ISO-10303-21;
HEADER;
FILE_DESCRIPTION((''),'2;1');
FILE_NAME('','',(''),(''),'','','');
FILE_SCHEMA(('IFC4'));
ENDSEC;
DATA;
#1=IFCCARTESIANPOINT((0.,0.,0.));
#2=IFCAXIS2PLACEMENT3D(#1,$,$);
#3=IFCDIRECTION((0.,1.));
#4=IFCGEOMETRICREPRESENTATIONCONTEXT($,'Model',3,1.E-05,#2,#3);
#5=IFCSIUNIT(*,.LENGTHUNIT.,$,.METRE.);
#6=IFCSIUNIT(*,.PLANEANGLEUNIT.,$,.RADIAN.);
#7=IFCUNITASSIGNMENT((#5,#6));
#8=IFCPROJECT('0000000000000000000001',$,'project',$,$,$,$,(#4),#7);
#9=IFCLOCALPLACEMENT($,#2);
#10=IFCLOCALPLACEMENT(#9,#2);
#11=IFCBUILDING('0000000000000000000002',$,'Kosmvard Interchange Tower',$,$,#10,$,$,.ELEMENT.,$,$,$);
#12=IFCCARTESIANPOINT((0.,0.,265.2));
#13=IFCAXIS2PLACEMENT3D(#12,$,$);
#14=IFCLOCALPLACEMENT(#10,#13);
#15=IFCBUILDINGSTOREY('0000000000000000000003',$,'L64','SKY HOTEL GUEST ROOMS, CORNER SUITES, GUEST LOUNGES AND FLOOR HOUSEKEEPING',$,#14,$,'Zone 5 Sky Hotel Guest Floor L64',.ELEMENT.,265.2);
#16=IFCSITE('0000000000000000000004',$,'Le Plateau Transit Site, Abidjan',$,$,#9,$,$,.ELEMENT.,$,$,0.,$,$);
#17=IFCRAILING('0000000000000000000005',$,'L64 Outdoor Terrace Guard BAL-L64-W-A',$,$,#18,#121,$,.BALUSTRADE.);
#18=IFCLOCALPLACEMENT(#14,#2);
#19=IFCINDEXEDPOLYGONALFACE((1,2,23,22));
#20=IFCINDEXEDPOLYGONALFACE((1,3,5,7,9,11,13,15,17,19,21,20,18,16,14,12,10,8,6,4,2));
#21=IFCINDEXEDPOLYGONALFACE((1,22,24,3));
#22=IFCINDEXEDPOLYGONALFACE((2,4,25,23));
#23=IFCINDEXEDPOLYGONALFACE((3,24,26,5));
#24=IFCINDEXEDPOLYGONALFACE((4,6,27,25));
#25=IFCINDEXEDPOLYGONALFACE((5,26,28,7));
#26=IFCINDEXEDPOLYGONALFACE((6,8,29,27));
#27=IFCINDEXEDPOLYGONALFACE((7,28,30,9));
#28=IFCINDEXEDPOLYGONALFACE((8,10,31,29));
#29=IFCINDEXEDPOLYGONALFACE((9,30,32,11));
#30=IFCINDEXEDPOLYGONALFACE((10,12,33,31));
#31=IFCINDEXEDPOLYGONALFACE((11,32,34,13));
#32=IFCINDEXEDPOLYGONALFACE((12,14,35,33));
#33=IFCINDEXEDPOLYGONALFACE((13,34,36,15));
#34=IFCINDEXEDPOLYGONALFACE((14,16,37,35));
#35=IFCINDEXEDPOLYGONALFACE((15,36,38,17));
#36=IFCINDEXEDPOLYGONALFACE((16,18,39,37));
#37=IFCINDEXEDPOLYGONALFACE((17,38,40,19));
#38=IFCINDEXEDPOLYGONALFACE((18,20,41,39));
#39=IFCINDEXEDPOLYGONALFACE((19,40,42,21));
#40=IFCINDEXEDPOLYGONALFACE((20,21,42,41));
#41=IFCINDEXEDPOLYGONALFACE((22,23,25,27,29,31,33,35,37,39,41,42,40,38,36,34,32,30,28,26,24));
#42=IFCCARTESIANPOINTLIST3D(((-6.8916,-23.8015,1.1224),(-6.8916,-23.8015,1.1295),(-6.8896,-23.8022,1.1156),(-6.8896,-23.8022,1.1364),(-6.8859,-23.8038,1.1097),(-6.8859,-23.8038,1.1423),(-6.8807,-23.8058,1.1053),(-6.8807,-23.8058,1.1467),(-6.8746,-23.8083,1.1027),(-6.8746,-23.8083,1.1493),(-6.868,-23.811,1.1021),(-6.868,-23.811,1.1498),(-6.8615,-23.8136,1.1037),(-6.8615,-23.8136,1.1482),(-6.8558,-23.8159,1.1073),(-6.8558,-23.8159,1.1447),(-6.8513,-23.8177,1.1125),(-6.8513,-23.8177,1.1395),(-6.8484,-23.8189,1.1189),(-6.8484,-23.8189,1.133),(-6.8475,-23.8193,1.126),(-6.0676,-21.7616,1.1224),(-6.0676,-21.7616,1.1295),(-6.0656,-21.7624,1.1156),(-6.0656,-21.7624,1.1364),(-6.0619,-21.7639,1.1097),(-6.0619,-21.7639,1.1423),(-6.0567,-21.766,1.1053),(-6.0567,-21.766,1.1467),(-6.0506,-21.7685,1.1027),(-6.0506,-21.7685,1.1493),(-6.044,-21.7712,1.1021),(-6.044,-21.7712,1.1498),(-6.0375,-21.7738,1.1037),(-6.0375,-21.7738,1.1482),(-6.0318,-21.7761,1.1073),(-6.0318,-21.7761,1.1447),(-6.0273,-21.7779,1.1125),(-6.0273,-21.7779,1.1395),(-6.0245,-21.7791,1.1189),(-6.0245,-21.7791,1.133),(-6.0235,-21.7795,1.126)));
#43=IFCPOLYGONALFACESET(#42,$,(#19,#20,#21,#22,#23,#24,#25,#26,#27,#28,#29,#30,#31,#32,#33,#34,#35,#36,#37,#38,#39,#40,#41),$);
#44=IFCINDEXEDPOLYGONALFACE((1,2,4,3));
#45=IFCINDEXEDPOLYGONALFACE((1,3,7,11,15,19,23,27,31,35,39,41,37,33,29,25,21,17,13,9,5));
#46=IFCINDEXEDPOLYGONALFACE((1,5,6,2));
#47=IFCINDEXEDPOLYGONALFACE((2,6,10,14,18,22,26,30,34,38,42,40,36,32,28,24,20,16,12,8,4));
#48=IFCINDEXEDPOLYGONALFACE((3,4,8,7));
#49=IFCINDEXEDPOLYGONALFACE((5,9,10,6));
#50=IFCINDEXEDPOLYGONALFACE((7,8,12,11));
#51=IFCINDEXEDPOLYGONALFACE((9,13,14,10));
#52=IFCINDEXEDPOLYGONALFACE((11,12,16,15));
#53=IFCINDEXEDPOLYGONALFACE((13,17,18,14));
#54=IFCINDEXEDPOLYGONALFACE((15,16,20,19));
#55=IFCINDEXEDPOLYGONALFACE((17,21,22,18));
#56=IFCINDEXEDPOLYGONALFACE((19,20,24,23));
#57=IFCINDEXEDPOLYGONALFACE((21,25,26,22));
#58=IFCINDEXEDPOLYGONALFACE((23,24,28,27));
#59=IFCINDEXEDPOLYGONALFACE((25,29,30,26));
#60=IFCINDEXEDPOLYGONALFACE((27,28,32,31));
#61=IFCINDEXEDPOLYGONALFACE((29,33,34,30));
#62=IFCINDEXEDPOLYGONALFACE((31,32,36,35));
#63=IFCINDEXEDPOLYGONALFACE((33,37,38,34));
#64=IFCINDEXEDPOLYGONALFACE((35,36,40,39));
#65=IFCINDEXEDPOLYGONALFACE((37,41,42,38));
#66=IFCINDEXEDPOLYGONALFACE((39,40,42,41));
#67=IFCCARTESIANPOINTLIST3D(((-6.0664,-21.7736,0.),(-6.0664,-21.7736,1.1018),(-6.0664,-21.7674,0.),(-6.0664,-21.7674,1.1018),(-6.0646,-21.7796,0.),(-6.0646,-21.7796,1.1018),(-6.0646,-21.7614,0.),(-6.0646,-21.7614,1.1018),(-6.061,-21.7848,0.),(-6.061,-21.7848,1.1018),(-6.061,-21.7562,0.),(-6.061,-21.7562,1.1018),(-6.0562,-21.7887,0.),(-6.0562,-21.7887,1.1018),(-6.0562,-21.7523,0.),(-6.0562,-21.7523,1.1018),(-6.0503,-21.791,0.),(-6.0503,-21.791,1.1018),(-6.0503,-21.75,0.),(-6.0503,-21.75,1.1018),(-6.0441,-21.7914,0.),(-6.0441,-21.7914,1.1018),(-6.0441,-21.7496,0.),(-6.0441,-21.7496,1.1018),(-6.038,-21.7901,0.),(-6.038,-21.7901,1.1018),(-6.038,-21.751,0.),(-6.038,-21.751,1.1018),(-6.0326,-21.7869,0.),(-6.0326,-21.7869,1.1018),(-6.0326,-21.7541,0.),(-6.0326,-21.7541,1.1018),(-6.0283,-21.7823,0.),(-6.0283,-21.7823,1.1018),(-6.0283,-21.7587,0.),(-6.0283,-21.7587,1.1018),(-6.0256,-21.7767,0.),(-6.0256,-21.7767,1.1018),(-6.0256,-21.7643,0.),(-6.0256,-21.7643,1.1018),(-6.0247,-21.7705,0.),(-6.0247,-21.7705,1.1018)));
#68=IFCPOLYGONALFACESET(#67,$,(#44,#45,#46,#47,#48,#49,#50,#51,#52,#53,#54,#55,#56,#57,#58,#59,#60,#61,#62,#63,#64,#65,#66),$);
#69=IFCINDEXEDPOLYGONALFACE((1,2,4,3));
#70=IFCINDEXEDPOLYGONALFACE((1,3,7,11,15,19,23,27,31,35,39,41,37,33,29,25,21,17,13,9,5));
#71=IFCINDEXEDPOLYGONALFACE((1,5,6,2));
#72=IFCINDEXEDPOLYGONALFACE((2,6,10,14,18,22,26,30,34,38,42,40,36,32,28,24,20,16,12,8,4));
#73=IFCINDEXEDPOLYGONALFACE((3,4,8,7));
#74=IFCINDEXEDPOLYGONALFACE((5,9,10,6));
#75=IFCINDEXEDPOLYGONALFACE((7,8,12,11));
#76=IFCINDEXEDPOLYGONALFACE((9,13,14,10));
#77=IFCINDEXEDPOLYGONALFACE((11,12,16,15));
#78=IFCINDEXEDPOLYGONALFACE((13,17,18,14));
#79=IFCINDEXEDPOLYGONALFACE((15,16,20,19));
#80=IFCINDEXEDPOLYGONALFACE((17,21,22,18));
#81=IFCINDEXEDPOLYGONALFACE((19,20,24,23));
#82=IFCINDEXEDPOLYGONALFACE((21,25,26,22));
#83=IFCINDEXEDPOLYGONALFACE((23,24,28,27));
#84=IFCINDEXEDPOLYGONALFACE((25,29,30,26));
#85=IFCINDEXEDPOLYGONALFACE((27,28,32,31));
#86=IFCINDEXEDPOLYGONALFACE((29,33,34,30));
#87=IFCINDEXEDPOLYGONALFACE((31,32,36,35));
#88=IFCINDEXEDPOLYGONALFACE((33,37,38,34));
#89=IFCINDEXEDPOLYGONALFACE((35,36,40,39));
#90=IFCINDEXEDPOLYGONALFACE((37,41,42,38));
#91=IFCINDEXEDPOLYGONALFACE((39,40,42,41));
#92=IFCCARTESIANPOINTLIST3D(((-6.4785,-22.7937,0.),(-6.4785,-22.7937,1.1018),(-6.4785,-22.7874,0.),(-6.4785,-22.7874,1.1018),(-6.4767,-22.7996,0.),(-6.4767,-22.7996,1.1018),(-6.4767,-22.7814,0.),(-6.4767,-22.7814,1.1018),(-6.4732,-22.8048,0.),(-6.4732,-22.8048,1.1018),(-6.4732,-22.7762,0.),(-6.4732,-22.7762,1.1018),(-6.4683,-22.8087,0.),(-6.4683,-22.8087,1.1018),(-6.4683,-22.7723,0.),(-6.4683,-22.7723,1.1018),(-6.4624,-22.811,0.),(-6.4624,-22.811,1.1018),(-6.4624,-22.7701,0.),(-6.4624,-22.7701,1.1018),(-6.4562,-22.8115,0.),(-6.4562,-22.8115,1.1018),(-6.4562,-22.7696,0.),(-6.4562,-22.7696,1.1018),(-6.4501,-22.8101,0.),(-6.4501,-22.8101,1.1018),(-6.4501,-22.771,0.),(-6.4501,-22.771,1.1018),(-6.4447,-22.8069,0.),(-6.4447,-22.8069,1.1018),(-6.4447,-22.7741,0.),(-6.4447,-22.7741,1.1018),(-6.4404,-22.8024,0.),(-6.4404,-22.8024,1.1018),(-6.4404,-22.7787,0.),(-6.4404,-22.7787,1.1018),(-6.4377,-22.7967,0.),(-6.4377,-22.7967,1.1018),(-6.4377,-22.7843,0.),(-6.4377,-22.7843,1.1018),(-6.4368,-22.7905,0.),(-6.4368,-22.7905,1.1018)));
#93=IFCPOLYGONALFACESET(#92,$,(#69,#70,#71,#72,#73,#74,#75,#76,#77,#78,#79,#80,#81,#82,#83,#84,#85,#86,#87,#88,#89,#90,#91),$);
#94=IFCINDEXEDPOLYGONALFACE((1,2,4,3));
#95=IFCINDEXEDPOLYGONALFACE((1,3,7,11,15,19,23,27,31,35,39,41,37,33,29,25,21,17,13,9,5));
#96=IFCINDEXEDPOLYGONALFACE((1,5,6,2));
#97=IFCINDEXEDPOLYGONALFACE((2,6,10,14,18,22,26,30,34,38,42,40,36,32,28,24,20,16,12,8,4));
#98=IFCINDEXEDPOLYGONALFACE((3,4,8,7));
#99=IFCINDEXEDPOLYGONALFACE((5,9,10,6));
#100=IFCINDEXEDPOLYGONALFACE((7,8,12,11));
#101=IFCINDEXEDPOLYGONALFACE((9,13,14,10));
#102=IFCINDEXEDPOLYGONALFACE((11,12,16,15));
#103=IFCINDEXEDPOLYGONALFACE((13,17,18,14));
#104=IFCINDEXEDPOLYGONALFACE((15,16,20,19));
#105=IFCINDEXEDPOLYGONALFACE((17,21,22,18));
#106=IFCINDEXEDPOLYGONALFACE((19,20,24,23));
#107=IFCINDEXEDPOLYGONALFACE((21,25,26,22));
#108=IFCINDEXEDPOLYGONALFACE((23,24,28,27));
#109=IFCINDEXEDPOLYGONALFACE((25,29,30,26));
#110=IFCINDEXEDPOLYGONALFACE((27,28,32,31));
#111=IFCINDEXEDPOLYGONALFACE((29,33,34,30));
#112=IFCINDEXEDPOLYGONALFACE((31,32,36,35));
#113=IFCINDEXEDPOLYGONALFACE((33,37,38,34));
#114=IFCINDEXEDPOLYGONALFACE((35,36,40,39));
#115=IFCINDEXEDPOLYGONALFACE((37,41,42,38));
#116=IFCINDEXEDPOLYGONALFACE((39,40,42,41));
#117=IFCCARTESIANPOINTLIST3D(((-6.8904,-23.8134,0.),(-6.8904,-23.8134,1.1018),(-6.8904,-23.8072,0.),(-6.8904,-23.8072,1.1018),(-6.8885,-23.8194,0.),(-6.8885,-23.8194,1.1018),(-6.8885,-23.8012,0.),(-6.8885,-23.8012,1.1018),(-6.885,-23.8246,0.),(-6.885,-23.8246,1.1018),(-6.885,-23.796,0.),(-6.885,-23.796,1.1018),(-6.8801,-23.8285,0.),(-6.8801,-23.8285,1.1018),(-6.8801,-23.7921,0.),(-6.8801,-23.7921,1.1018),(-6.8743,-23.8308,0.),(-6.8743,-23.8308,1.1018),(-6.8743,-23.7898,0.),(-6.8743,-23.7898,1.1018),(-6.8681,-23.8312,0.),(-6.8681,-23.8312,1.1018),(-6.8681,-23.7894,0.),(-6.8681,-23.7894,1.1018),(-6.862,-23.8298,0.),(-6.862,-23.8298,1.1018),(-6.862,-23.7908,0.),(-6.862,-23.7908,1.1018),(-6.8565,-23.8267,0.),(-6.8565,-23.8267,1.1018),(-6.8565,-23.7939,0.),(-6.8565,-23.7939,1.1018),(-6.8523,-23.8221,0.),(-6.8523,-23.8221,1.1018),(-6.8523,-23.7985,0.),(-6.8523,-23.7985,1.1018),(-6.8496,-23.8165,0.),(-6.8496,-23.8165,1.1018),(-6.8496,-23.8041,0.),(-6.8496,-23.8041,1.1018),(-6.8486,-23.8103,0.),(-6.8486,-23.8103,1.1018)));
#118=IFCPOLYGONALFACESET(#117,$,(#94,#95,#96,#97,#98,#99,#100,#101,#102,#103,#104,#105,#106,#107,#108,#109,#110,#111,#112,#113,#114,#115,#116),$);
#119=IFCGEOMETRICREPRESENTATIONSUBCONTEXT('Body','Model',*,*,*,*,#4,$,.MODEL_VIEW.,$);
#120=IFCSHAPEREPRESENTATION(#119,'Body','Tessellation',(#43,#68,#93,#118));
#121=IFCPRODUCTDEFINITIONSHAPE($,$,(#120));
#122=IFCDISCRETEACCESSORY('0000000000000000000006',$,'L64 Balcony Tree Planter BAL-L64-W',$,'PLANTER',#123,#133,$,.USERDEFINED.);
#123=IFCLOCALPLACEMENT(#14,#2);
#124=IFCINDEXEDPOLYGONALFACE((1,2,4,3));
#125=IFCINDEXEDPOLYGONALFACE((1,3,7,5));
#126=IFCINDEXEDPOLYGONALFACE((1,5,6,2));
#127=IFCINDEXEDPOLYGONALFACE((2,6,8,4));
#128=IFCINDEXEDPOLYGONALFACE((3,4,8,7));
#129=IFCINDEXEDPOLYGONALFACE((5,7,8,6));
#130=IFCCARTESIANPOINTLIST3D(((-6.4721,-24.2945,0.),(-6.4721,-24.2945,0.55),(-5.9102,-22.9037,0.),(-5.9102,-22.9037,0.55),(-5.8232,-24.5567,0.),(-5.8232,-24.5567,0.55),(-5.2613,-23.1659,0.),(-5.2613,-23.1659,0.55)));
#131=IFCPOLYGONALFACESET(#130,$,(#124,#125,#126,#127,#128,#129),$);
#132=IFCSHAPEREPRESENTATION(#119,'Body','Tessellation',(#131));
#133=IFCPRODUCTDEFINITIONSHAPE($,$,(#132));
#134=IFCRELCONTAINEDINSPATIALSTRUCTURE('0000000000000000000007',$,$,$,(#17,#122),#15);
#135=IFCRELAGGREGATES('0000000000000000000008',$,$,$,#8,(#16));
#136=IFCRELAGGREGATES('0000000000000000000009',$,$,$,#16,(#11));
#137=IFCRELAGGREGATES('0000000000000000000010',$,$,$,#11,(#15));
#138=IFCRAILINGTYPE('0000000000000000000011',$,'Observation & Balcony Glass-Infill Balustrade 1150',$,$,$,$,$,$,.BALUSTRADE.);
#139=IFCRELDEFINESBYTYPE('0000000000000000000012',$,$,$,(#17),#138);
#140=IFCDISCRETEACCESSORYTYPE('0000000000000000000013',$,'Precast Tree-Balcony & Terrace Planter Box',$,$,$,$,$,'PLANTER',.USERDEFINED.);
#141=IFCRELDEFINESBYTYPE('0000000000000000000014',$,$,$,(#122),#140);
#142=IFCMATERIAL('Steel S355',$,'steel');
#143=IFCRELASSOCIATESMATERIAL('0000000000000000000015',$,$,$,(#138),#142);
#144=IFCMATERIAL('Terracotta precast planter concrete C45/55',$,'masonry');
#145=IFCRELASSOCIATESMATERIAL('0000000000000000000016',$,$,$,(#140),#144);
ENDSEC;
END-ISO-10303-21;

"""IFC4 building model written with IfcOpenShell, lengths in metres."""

from ifc_helpers import new_model, si_unit, direction, frame, origin, origin_2d, place, context, subcontext, project, spatial, rectangle, circle, extrude, source, transform, mapped, material, type_object, element, save


model = new_model("IFC4")

# Units and contexts
model_context = context("Model", 3, precision=1e-05, world=origin(), true_north=direction((0.0, 1.0)))
body_context = subcontext(model_context, "Body", "Model", "MODEL_VIEW")
ifc_project = project(units=[si_unit("LENGTHUNIT", "METRE"), si_unit("PLANEANGLEUNIT", "RADIAN")], contexts=[model_context])

# Site, building, storey
site_placement = place(None, origin())
site = spatial("IfcSite", under=ifc_project, at=site_placement, Name="Le Plateau Transit Site, Abidjan", CompositionType="ELEMENT", RefElevation=0.0)
building_placement = place(site_placement, origin())
building = spatial("IfcBuilding", under=site, at=building_placement, Name="Kosmvard Interchange Tower", CompositionType="ELEMENT")
storey_placement = place(building_placement, frame((0.0, 0.0, 265.2)))
storey = spatial("IfcBuildingStorey", under=building, at=storey_placement, Name="L64", Description="SKY HOTEL GUEST ROOMS, CORNER SUITES, GUEST LOUNGES AND FLOOR HOUSEKEEPING", LongName="Zone 5 Sky Hotel Guest Floor L64", CompositionType="ELEMENT", Elevation=265.2)

# Shared definitions
ifc_material_1 = material(Name="Steel S355", Category="steel")

# Railing
railing_type = type_object("IfcRailingType", Name="Observation & Balcony Glass-Infill Balustrade 1150", PredefinedType="BALUSTRADE", material=ifc_material_1)
shared_shape_1 = source(origin(), body_context, "Body", "SweptSolid", [
    extrude(circle(Radius=0.0239, at=origin_2d()), frame((0.0, 0.0, 1.126), z_axis=(-0.374546, -0.927208, 0.0), x_axis=(0.927208, -0.374546, 0.0)), (0.0, 0.0, 1.0), 2.2),
    extrude(circle(Radius=0.021, at=origin_2d()), origin(), (0.0, 0.0, 1.0), 1.1018),
    extrude(circle(Radius=0.021, at=origin_2d()), frame((-0.4121, -1.02, 0.0)), (0.0, 0.0, 1.0), 1.1018),
    extrude(circle(Radius=0.021, at=origin_2d()), frame((-0.824, -2.0398, 0.0)), (0.0, 0.0, 1.0), 1.1018),
])
railing_1_placement = place(storey_placement, frame((-6.0457, -21.7705, 0.0)))
element("IfcRailing", 1, at=railing_1_placement, inside=storey, type_object=railing_type, Name="L64 Outdoor Terrace Guard BAL-L64-W-A", PredefinedType="BALUSTRADE", context=body_context, shape_type="MappedRepresentation", body=[
    mapped(shared_shape_1, transform((0.0, 0.0, 0.0), scale=1.0)),
])

# Discrete accessory
ifc_material_2 = material(Name="Terracotta precast planter concrete C45/55", Category="masonry")
discrete_accessory_type = type_object("IfcDiscreteAccessoryType", Name="Precast Tree-Balcony & Terrace Planter Box", ElementType="PLANTER", PredefinedType="USERDEFINED", material=ifc_material_2)
shared_shape_2 = source(origin(), body_context, "Body", "SweptSolid", [
    extrude(rectangle(XDim=1.5, YDim=0.7, at=origin_2d()), origin(), (0.0, 0.0, 1.0), 0.55),
])
discrete_accessory_placement = place(storey_placement, frame((-5.8667, -23.7302, 0.0), z_axis=(0.0, 0.0, 1.0), x_axis=(0.374607, 0.927184, 0.0)))
element("IfcDiscreteAccessory", 2, at=discrete_accessory_placement, inside=storey, type_object=discrete_accessory_type, Name="L64 Balcony Tree Planter BAL-L64-W", ObjectType="PLANTER", PredefinedType="USERDEFINED", context=body_context, shape_type="MappedRepresentation", body=[
    mapped(shared_shape_2, transform((0.0, 0.0, 0.0), scale=1.0)),
])

save(model, "model.ifc")
